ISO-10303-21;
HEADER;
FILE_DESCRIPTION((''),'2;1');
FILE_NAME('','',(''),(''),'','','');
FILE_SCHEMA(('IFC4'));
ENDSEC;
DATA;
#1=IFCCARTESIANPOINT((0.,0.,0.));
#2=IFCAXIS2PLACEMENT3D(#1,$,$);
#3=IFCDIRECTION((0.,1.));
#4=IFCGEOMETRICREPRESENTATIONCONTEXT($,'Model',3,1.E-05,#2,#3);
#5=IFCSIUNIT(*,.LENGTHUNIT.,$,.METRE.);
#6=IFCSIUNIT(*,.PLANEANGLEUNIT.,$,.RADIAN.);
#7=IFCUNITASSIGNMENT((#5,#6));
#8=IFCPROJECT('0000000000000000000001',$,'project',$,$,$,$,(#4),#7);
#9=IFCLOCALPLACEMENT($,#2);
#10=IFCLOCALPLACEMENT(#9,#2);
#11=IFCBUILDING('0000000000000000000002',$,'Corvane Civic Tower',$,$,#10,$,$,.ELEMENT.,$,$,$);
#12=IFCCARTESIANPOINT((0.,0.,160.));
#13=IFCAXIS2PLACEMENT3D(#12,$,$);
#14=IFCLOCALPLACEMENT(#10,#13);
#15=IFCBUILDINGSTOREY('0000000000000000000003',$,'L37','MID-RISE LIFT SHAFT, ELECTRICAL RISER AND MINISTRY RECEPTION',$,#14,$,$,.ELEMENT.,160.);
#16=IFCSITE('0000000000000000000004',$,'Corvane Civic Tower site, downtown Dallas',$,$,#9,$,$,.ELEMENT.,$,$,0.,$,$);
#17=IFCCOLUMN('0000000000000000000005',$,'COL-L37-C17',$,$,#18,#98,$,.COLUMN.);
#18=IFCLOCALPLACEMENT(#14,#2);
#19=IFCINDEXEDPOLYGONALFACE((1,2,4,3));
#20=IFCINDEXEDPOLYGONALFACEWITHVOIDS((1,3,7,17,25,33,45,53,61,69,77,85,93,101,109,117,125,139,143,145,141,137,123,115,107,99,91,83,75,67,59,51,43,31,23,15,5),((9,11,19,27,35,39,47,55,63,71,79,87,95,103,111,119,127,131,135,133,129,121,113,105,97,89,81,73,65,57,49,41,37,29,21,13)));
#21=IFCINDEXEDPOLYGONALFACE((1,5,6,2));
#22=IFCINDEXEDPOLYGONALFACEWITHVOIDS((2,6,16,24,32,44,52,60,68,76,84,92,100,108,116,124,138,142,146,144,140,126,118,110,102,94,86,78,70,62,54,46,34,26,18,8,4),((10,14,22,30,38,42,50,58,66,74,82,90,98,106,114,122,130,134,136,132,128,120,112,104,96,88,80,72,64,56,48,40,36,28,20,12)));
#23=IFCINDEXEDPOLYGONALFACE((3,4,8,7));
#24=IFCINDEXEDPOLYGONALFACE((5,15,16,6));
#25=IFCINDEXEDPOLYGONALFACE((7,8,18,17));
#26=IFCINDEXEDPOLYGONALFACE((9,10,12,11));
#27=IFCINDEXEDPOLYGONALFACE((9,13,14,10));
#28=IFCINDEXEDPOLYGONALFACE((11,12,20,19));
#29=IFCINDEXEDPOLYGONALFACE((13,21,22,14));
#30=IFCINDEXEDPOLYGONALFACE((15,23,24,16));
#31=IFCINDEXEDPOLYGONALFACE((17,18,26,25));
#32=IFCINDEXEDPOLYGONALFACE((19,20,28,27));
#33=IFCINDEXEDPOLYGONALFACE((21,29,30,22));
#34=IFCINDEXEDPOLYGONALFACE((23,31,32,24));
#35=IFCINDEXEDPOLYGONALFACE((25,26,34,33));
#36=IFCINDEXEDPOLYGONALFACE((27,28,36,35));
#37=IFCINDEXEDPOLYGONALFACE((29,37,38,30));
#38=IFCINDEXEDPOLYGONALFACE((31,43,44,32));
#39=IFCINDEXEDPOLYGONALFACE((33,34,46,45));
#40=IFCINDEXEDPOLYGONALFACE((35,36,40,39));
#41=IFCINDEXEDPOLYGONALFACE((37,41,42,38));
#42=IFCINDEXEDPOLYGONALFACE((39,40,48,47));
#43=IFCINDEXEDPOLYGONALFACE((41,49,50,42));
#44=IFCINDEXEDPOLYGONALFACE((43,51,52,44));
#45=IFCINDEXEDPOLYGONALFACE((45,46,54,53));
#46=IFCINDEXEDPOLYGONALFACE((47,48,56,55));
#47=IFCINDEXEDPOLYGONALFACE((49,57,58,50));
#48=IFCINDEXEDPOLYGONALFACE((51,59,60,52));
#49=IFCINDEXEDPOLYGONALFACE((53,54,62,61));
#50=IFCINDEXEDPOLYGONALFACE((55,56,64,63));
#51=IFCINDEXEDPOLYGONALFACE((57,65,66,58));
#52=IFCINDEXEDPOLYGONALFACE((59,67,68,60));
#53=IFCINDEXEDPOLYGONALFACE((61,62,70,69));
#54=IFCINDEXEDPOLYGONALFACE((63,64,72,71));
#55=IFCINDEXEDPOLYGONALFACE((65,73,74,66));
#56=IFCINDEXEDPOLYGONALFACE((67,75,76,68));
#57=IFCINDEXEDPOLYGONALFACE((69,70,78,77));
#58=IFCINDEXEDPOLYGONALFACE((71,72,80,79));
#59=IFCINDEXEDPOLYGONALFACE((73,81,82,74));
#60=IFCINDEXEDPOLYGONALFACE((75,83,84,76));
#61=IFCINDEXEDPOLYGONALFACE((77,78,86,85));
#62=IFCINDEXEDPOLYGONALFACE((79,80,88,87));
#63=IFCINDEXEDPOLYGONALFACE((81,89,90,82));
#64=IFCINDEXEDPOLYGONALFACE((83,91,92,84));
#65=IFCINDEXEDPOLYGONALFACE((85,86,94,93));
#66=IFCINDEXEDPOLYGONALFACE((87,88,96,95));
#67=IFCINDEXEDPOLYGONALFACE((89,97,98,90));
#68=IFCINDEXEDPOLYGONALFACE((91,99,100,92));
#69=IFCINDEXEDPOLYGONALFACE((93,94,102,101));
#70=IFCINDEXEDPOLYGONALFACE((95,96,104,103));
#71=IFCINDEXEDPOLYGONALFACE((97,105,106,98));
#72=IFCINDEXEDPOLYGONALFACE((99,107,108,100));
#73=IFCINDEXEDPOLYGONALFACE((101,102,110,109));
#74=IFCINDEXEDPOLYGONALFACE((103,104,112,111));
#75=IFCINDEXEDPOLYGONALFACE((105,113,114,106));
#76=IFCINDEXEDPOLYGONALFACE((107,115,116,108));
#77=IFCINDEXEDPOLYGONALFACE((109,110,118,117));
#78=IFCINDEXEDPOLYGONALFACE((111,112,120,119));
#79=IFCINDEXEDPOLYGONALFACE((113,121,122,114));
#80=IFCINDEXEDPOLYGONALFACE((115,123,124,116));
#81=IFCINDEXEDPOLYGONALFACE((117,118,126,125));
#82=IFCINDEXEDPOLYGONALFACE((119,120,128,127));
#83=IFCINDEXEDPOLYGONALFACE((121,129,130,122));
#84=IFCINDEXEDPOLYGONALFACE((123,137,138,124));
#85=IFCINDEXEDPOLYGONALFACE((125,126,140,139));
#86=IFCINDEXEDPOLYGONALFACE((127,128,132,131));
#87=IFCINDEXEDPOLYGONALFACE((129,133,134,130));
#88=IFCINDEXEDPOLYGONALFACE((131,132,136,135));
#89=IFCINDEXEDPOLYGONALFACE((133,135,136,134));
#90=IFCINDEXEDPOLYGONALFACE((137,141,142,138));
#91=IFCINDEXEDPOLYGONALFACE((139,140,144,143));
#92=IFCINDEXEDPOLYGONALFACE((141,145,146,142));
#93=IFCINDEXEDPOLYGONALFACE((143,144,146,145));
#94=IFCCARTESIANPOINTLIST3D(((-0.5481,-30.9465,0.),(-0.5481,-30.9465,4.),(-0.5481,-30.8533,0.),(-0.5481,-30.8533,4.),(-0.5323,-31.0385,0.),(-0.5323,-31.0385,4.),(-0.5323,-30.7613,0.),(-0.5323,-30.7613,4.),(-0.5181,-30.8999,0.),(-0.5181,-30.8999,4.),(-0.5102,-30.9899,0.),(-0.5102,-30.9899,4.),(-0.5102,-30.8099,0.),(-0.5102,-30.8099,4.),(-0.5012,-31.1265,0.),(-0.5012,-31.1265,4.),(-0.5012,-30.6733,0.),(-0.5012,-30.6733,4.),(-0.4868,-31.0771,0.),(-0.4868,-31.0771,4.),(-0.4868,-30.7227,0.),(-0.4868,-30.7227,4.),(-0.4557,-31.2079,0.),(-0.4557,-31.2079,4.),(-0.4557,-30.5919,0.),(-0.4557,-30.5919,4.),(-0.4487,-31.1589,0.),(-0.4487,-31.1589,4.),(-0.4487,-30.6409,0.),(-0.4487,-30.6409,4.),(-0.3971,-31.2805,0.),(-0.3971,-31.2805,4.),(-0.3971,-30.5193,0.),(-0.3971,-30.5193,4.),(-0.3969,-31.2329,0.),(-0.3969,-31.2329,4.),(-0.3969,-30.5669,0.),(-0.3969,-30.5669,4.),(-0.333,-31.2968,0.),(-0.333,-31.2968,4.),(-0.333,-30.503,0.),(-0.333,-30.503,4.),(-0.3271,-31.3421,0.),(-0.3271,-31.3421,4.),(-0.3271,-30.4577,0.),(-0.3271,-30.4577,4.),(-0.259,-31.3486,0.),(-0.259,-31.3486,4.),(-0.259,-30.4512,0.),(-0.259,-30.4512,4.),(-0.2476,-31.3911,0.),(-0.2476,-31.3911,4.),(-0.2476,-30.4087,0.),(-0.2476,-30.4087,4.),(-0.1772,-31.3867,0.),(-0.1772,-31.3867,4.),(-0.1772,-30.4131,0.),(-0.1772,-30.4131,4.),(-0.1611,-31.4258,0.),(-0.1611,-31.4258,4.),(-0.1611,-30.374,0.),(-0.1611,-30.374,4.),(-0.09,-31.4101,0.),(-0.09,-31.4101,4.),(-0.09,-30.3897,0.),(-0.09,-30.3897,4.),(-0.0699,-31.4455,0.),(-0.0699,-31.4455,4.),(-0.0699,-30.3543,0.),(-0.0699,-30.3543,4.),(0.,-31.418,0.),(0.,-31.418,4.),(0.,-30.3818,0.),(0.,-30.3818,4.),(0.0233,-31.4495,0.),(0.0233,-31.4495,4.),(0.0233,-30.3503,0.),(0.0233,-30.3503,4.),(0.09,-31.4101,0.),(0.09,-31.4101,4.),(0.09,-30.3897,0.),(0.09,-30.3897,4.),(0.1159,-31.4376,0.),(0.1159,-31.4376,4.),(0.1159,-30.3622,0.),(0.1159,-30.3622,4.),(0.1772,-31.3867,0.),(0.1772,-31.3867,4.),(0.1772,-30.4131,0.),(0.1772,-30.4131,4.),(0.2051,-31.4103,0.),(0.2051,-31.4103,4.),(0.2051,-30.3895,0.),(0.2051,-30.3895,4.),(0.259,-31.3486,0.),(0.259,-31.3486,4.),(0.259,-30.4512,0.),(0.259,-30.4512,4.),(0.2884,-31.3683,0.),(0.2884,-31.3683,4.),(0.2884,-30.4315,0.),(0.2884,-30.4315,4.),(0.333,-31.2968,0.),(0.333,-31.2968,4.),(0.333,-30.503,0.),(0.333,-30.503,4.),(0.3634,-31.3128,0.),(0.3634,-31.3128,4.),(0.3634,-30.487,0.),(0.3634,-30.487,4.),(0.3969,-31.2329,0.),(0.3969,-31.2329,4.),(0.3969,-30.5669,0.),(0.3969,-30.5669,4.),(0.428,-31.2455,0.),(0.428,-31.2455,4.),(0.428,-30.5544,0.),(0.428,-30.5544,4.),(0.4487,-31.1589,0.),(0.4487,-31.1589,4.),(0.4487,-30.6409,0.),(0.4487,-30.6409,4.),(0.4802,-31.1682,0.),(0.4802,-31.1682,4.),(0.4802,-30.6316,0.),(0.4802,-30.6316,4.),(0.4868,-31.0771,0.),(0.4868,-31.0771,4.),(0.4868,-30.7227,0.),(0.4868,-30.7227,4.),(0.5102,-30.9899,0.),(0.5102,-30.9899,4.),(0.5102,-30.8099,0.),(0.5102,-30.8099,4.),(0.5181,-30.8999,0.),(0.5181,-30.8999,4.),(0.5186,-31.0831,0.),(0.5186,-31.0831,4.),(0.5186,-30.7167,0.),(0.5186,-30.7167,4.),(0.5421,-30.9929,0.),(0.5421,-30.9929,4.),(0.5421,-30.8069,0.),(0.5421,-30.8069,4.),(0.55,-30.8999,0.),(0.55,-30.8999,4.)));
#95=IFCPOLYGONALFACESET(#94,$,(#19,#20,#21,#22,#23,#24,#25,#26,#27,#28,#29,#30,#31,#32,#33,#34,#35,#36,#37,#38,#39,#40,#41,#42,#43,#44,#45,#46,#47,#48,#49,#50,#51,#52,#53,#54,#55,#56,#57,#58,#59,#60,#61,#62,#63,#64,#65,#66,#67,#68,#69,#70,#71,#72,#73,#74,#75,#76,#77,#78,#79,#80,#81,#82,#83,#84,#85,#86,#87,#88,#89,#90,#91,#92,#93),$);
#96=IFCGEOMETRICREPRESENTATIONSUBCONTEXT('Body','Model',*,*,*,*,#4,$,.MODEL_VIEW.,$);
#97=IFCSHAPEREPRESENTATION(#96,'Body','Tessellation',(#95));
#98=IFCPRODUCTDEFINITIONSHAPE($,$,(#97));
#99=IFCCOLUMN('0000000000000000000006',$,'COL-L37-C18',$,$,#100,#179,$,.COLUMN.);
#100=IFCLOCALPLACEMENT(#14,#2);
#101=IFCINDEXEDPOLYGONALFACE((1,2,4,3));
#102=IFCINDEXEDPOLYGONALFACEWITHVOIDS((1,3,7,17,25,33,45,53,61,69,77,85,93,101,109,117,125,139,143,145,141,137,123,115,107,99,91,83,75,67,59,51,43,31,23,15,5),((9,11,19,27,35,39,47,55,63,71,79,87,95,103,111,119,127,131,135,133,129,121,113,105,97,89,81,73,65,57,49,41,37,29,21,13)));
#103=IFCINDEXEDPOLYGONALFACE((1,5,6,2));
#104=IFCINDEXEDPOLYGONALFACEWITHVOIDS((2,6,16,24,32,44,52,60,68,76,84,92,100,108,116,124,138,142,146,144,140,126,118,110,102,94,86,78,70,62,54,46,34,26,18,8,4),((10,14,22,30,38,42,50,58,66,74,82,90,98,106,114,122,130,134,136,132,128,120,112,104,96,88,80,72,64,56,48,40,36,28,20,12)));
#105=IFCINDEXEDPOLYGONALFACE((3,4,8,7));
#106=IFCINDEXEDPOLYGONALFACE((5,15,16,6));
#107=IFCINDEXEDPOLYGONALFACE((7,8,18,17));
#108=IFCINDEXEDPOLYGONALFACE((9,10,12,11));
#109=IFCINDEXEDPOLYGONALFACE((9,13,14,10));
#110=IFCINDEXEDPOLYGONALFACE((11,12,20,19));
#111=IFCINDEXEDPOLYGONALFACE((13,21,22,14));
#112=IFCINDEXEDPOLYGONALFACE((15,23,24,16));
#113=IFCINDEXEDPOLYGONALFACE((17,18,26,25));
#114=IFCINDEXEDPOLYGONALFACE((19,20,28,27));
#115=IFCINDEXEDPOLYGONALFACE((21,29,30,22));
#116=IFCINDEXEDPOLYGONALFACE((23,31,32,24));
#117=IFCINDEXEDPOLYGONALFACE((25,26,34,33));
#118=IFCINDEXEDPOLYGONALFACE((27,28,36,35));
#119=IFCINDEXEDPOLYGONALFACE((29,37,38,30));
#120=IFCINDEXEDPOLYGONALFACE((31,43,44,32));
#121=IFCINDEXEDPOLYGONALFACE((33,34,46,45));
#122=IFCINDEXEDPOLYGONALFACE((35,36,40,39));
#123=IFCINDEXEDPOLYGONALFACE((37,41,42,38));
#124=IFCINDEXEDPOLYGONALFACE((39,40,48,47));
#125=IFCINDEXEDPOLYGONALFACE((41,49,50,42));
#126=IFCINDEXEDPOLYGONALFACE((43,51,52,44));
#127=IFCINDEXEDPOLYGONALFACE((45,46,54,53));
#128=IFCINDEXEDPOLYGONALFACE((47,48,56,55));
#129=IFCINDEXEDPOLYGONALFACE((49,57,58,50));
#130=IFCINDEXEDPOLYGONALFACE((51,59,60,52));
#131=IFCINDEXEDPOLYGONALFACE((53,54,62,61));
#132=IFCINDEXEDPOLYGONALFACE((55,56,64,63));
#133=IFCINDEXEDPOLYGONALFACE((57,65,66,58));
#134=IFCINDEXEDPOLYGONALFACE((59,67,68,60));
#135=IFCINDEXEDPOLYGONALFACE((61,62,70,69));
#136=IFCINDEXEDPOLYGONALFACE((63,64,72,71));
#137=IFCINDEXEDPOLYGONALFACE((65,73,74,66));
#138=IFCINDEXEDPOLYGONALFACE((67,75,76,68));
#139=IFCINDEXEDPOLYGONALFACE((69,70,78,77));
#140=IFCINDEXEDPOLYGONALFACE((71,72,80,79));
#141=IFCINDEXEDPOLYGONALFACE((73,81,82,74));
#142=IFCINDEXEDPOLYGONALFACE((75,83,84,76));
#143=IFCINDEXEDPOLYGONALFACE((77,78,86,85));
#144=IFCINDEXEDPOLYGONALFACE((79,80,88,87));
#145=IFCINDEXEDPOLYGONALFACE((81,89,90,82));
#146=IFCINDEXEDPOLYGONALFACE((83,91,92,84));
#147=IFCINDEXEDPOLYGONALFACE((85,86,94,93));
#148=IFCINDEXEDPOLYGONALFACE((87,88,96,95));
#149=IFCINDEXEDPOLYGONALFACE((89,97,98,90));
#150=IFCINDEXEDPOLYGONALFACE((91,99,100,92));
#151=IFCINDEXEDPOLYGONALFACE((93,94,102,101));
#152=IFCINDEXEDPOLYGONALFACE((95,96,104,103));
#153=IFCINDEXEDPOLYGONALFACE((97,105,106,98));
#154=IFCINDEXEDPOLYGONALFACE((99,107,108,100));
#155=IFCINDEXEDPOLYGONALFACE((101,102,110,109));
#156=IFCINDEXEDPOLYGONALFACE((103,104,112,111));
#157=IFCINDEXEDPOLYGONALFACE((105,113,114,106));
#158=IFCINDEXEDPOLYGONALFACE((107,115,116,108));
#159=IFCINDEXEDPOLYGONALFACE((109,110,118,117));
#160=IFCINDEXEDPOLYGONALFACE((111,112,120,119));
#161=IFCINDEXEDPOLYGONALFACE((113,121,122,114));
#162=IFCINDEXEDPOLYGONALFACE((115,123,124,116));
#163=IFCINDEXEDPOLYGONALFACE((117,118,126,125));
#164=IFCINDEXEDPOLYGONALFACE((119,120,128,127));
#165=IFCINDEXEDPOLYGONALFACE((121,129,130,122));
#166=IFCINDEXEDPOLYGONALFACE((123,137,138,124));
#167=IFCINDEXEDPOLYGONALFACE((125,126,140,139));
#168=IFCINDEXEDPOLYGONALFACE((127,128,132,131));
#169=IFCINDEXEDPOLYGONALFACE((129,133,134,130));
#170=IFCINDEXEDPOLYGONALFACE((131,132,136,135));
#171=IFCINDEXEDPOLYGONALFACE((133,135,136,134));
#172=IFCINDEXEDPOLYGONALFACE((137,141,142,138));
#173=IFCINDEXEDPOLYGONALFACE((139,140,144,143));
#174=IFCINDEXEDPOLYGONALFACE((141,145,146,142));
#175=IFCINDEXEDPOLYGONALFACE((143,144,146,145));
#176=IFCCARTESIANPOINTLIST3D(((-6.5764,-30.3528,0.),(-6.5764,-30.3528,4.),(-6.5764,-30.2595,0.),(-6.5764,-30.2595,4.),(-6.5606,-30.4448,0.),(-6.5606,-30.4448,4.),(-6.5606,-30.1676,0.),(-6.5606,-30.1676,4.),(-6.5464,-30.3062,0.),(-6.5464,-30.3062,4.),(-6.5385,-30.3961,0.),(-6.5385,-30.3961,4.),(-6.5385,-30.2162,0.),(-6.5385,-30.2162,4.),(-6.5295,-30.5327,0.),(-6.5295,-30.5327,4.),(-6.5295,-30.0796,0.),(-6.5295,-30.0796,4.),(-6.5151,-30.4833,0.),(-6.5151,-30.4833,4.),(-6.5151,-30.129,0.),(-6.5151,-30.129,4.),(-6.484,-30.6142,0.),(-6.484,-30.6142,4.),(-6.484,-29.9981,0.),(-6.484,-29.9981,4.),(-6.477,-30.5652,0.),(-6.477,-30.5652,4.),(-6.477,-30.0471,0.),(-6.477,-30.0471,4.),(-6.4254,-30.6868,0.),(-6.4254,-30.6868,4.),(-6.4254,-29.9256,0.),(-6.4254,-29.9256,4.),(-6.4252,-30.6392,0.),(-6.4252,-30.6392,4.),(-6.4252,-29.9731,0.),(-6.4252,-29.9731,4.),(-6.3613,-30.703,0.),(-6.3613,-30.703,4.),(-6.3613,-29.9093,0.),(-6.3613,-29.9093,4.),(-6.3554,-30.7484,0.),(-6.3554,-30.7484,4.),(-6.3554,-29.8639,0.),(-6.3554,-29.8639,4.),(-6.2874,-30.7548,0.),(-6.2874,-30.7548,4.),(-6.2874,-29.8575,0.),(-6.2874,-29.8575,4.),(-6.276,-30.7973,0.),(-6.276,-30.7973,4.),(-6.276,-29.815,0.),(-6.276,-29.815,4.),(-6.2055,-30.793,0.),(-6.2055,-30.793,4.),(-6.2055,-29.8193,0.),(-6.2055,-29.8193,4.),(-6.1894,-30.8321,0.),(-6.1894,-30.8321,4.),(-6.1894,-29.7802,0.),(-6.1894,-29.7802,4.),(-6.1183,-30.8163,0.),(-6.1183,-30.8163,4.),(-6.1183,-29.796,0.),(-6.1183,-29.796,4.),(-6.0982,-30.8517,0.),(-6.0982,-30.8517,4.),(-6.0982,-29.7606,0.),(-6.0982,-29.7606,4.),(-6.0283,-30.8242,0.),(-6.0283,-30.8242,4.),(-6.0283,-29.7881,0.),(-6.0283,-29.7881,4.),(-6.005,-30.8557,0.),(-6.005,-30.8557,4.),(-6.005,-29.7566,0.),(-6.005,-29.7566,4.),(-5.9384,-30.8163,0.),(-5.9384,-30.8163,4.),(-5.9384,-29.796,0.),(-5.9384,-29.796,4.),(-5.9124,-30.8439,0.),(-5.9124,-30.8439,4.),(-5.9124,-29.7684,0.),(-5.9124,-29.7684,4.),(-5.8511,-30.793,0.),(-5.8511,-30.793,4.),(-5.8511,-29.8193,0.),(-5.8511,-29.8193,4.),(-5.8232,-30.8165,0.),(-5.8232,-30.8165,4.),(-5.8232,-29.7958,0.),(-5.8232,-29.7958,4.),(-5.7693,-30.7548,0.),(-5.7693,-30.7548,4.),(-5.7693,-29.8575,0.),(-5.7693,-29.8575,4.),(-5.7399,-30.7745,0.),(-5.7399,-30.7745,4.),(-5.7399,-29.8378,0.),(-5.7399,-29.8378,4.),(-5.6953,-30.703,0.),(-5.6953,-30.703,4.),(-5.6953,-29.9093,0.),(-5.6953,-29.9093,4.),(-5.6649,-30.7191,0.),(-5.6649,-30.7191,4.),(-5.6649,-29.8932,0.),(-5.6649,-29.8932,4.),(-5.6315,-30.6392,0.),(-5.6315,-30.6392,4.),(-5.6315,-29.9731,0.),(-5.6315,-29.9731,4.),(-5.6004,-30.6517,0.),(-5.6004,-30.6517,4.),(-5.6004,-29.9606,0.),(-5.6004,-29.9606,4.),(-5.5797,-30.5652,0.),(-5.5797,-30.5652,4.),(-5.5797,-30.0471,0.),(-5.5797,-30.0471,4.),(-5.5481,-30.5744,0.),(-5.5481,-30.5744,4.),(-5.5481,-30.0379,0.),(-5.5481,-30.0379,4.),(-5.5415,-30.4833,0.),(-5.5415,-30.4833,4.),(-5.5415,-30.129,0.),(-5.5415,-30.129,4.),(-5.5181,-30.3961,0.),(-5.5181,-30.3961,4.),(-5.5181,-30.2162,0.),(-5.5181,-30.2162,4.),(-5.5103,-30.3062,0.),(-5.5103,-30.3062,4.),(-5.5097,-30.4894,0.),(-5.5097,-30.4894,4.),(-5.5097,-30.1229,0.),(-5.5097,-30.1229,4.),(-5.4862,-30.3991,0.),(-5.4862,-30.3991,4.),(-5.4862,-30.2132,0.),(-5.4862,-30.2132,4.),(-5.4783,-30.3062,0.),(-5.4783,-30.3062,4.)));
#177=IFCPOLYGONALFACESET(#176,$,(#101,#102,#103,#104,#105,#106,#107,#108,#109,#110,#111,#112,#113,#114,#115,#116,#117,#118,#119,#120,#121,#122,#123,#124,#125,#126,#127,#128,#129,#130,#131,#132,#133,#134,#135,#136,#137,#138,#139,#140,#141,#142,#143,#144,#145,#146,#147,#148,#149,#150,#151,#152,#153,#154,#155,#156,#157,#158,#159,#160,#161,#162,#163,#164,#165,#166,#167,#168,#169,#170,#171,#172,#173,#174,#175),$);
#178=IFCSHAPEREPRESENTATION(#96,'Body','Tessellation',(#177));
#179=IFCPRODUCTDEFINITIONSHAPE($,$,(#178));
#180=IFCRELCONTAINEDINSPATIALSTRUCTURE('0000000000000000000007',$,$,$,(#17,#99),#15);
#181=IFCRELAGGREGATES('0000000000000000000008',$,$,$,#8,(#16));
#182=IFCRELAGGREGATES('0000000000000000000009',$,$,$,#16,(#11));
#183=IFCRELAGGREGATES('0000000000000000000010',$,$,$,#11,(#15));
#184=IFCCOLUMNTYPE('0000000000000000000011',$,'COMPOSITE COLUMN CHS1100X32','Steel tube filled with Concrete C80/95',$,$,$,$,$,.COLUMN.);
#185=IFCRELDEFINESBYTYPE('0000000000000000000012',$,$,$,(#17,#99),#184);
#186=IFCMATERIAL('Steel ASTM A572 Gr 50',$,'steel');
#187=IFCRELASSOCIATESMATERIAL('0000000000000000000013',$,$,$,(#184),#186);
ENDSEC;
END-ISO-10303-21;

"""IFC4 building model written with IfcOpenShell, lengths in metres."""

from ifc_helpers import new_model, si_unit, direction, frame, origin, origin_2d, place, context, subcontext, project, spatial, hollow_circle, extrude, material, material_profile, profile_set, type_object, element, save


model = new_model("IFC4")

# Units and contexts
model_context = context("Model", 3, precision=1e-05, world=origin(), true_north=direction((0.0, 1.0)))
body_context = subcontext(model_context, "Body", "Model", "MODEL_VIEW")
ifc_project = project(units=[si_unit("LENGTHUNIT", "METRE"), si_unit("PLANEANGLEUNIT", "RADIAN")], contexts=[model_context])

# Site, building, storey
site_placement = place(None, origin())
site = spatial("IfcSite", under=ifc_project, at=site_placement, Name="Corvane Civic Tower site, downtown Dallas", CompositionType="ELEMENT", RefElevation=0.0)
building_placement = place(site_placement, origin())
building = spatial("IfcBuilding", under=site, at=building_placement, Name="Corvane Civic Tower", CompositionType="ELEMENT")
storey_placement = place(building_placement, frame((0.0, 0.0, 160.0)))
storey = spatial("IfcBuildingStorey", under=building, at=storey_placement, Name="L37", Description="MID-RISE LIFT SHAFT, ELECTRICAL RISER AND MINISTRY RECEPTION", CompositionType="ELEMENT", Elevation=160.0)

# Columns
ifc_material_1 = material(Name="Steel ASTM A572 Gr 50", Category="steel")
ifc_material_profile_1 = material_profile(ifc_material_1, hollow_circle(Radius=0.55, WallThickness=0.032, at=origin_2d()), Name="CHS1100X32")
ifc_profile_set_1 = profile_set([ifc_material_profile_1], Name="Steel ASTM A572 Gr 50")
column_type = type_object("IfcColumnType", Name="COMPOSITE COLUMN CHS1100X32", Description="Steel tube filled with Concrete C80/95", PredefinedType="COLUMN", material=ifc_profile_set_1)
for number, where, z_axis, x_axis, name in (
    (1, (0.0, -30.8999, 0.0), (0.0, 0.0, 1.0), (1.0, 0.0, 0.0), "COL-L37-C17"),
    (2, (-6.0283, -30.3062, 0.0), (0.0, 0.0, 1.0), (1.0, 0.0, 0.0), "COL-L37-C18"),
):
    element("IfcColumn", number, at=place(storey_placement, frame(where, z_axis=z_axis, x_axis=x_axis)), inside=storey, type_object=column_type, Name=name, PredefinedType="COLUMN", context=body_context, shape_type="SweptSolid", body=[
        extrude(hollow_circle(Radius=0.55, WallThickness=0.032, at=origin_2d()), origin(), (0.0, 0.0, 1.0), 4.0),
    ])

save(model, "model.ifc")
